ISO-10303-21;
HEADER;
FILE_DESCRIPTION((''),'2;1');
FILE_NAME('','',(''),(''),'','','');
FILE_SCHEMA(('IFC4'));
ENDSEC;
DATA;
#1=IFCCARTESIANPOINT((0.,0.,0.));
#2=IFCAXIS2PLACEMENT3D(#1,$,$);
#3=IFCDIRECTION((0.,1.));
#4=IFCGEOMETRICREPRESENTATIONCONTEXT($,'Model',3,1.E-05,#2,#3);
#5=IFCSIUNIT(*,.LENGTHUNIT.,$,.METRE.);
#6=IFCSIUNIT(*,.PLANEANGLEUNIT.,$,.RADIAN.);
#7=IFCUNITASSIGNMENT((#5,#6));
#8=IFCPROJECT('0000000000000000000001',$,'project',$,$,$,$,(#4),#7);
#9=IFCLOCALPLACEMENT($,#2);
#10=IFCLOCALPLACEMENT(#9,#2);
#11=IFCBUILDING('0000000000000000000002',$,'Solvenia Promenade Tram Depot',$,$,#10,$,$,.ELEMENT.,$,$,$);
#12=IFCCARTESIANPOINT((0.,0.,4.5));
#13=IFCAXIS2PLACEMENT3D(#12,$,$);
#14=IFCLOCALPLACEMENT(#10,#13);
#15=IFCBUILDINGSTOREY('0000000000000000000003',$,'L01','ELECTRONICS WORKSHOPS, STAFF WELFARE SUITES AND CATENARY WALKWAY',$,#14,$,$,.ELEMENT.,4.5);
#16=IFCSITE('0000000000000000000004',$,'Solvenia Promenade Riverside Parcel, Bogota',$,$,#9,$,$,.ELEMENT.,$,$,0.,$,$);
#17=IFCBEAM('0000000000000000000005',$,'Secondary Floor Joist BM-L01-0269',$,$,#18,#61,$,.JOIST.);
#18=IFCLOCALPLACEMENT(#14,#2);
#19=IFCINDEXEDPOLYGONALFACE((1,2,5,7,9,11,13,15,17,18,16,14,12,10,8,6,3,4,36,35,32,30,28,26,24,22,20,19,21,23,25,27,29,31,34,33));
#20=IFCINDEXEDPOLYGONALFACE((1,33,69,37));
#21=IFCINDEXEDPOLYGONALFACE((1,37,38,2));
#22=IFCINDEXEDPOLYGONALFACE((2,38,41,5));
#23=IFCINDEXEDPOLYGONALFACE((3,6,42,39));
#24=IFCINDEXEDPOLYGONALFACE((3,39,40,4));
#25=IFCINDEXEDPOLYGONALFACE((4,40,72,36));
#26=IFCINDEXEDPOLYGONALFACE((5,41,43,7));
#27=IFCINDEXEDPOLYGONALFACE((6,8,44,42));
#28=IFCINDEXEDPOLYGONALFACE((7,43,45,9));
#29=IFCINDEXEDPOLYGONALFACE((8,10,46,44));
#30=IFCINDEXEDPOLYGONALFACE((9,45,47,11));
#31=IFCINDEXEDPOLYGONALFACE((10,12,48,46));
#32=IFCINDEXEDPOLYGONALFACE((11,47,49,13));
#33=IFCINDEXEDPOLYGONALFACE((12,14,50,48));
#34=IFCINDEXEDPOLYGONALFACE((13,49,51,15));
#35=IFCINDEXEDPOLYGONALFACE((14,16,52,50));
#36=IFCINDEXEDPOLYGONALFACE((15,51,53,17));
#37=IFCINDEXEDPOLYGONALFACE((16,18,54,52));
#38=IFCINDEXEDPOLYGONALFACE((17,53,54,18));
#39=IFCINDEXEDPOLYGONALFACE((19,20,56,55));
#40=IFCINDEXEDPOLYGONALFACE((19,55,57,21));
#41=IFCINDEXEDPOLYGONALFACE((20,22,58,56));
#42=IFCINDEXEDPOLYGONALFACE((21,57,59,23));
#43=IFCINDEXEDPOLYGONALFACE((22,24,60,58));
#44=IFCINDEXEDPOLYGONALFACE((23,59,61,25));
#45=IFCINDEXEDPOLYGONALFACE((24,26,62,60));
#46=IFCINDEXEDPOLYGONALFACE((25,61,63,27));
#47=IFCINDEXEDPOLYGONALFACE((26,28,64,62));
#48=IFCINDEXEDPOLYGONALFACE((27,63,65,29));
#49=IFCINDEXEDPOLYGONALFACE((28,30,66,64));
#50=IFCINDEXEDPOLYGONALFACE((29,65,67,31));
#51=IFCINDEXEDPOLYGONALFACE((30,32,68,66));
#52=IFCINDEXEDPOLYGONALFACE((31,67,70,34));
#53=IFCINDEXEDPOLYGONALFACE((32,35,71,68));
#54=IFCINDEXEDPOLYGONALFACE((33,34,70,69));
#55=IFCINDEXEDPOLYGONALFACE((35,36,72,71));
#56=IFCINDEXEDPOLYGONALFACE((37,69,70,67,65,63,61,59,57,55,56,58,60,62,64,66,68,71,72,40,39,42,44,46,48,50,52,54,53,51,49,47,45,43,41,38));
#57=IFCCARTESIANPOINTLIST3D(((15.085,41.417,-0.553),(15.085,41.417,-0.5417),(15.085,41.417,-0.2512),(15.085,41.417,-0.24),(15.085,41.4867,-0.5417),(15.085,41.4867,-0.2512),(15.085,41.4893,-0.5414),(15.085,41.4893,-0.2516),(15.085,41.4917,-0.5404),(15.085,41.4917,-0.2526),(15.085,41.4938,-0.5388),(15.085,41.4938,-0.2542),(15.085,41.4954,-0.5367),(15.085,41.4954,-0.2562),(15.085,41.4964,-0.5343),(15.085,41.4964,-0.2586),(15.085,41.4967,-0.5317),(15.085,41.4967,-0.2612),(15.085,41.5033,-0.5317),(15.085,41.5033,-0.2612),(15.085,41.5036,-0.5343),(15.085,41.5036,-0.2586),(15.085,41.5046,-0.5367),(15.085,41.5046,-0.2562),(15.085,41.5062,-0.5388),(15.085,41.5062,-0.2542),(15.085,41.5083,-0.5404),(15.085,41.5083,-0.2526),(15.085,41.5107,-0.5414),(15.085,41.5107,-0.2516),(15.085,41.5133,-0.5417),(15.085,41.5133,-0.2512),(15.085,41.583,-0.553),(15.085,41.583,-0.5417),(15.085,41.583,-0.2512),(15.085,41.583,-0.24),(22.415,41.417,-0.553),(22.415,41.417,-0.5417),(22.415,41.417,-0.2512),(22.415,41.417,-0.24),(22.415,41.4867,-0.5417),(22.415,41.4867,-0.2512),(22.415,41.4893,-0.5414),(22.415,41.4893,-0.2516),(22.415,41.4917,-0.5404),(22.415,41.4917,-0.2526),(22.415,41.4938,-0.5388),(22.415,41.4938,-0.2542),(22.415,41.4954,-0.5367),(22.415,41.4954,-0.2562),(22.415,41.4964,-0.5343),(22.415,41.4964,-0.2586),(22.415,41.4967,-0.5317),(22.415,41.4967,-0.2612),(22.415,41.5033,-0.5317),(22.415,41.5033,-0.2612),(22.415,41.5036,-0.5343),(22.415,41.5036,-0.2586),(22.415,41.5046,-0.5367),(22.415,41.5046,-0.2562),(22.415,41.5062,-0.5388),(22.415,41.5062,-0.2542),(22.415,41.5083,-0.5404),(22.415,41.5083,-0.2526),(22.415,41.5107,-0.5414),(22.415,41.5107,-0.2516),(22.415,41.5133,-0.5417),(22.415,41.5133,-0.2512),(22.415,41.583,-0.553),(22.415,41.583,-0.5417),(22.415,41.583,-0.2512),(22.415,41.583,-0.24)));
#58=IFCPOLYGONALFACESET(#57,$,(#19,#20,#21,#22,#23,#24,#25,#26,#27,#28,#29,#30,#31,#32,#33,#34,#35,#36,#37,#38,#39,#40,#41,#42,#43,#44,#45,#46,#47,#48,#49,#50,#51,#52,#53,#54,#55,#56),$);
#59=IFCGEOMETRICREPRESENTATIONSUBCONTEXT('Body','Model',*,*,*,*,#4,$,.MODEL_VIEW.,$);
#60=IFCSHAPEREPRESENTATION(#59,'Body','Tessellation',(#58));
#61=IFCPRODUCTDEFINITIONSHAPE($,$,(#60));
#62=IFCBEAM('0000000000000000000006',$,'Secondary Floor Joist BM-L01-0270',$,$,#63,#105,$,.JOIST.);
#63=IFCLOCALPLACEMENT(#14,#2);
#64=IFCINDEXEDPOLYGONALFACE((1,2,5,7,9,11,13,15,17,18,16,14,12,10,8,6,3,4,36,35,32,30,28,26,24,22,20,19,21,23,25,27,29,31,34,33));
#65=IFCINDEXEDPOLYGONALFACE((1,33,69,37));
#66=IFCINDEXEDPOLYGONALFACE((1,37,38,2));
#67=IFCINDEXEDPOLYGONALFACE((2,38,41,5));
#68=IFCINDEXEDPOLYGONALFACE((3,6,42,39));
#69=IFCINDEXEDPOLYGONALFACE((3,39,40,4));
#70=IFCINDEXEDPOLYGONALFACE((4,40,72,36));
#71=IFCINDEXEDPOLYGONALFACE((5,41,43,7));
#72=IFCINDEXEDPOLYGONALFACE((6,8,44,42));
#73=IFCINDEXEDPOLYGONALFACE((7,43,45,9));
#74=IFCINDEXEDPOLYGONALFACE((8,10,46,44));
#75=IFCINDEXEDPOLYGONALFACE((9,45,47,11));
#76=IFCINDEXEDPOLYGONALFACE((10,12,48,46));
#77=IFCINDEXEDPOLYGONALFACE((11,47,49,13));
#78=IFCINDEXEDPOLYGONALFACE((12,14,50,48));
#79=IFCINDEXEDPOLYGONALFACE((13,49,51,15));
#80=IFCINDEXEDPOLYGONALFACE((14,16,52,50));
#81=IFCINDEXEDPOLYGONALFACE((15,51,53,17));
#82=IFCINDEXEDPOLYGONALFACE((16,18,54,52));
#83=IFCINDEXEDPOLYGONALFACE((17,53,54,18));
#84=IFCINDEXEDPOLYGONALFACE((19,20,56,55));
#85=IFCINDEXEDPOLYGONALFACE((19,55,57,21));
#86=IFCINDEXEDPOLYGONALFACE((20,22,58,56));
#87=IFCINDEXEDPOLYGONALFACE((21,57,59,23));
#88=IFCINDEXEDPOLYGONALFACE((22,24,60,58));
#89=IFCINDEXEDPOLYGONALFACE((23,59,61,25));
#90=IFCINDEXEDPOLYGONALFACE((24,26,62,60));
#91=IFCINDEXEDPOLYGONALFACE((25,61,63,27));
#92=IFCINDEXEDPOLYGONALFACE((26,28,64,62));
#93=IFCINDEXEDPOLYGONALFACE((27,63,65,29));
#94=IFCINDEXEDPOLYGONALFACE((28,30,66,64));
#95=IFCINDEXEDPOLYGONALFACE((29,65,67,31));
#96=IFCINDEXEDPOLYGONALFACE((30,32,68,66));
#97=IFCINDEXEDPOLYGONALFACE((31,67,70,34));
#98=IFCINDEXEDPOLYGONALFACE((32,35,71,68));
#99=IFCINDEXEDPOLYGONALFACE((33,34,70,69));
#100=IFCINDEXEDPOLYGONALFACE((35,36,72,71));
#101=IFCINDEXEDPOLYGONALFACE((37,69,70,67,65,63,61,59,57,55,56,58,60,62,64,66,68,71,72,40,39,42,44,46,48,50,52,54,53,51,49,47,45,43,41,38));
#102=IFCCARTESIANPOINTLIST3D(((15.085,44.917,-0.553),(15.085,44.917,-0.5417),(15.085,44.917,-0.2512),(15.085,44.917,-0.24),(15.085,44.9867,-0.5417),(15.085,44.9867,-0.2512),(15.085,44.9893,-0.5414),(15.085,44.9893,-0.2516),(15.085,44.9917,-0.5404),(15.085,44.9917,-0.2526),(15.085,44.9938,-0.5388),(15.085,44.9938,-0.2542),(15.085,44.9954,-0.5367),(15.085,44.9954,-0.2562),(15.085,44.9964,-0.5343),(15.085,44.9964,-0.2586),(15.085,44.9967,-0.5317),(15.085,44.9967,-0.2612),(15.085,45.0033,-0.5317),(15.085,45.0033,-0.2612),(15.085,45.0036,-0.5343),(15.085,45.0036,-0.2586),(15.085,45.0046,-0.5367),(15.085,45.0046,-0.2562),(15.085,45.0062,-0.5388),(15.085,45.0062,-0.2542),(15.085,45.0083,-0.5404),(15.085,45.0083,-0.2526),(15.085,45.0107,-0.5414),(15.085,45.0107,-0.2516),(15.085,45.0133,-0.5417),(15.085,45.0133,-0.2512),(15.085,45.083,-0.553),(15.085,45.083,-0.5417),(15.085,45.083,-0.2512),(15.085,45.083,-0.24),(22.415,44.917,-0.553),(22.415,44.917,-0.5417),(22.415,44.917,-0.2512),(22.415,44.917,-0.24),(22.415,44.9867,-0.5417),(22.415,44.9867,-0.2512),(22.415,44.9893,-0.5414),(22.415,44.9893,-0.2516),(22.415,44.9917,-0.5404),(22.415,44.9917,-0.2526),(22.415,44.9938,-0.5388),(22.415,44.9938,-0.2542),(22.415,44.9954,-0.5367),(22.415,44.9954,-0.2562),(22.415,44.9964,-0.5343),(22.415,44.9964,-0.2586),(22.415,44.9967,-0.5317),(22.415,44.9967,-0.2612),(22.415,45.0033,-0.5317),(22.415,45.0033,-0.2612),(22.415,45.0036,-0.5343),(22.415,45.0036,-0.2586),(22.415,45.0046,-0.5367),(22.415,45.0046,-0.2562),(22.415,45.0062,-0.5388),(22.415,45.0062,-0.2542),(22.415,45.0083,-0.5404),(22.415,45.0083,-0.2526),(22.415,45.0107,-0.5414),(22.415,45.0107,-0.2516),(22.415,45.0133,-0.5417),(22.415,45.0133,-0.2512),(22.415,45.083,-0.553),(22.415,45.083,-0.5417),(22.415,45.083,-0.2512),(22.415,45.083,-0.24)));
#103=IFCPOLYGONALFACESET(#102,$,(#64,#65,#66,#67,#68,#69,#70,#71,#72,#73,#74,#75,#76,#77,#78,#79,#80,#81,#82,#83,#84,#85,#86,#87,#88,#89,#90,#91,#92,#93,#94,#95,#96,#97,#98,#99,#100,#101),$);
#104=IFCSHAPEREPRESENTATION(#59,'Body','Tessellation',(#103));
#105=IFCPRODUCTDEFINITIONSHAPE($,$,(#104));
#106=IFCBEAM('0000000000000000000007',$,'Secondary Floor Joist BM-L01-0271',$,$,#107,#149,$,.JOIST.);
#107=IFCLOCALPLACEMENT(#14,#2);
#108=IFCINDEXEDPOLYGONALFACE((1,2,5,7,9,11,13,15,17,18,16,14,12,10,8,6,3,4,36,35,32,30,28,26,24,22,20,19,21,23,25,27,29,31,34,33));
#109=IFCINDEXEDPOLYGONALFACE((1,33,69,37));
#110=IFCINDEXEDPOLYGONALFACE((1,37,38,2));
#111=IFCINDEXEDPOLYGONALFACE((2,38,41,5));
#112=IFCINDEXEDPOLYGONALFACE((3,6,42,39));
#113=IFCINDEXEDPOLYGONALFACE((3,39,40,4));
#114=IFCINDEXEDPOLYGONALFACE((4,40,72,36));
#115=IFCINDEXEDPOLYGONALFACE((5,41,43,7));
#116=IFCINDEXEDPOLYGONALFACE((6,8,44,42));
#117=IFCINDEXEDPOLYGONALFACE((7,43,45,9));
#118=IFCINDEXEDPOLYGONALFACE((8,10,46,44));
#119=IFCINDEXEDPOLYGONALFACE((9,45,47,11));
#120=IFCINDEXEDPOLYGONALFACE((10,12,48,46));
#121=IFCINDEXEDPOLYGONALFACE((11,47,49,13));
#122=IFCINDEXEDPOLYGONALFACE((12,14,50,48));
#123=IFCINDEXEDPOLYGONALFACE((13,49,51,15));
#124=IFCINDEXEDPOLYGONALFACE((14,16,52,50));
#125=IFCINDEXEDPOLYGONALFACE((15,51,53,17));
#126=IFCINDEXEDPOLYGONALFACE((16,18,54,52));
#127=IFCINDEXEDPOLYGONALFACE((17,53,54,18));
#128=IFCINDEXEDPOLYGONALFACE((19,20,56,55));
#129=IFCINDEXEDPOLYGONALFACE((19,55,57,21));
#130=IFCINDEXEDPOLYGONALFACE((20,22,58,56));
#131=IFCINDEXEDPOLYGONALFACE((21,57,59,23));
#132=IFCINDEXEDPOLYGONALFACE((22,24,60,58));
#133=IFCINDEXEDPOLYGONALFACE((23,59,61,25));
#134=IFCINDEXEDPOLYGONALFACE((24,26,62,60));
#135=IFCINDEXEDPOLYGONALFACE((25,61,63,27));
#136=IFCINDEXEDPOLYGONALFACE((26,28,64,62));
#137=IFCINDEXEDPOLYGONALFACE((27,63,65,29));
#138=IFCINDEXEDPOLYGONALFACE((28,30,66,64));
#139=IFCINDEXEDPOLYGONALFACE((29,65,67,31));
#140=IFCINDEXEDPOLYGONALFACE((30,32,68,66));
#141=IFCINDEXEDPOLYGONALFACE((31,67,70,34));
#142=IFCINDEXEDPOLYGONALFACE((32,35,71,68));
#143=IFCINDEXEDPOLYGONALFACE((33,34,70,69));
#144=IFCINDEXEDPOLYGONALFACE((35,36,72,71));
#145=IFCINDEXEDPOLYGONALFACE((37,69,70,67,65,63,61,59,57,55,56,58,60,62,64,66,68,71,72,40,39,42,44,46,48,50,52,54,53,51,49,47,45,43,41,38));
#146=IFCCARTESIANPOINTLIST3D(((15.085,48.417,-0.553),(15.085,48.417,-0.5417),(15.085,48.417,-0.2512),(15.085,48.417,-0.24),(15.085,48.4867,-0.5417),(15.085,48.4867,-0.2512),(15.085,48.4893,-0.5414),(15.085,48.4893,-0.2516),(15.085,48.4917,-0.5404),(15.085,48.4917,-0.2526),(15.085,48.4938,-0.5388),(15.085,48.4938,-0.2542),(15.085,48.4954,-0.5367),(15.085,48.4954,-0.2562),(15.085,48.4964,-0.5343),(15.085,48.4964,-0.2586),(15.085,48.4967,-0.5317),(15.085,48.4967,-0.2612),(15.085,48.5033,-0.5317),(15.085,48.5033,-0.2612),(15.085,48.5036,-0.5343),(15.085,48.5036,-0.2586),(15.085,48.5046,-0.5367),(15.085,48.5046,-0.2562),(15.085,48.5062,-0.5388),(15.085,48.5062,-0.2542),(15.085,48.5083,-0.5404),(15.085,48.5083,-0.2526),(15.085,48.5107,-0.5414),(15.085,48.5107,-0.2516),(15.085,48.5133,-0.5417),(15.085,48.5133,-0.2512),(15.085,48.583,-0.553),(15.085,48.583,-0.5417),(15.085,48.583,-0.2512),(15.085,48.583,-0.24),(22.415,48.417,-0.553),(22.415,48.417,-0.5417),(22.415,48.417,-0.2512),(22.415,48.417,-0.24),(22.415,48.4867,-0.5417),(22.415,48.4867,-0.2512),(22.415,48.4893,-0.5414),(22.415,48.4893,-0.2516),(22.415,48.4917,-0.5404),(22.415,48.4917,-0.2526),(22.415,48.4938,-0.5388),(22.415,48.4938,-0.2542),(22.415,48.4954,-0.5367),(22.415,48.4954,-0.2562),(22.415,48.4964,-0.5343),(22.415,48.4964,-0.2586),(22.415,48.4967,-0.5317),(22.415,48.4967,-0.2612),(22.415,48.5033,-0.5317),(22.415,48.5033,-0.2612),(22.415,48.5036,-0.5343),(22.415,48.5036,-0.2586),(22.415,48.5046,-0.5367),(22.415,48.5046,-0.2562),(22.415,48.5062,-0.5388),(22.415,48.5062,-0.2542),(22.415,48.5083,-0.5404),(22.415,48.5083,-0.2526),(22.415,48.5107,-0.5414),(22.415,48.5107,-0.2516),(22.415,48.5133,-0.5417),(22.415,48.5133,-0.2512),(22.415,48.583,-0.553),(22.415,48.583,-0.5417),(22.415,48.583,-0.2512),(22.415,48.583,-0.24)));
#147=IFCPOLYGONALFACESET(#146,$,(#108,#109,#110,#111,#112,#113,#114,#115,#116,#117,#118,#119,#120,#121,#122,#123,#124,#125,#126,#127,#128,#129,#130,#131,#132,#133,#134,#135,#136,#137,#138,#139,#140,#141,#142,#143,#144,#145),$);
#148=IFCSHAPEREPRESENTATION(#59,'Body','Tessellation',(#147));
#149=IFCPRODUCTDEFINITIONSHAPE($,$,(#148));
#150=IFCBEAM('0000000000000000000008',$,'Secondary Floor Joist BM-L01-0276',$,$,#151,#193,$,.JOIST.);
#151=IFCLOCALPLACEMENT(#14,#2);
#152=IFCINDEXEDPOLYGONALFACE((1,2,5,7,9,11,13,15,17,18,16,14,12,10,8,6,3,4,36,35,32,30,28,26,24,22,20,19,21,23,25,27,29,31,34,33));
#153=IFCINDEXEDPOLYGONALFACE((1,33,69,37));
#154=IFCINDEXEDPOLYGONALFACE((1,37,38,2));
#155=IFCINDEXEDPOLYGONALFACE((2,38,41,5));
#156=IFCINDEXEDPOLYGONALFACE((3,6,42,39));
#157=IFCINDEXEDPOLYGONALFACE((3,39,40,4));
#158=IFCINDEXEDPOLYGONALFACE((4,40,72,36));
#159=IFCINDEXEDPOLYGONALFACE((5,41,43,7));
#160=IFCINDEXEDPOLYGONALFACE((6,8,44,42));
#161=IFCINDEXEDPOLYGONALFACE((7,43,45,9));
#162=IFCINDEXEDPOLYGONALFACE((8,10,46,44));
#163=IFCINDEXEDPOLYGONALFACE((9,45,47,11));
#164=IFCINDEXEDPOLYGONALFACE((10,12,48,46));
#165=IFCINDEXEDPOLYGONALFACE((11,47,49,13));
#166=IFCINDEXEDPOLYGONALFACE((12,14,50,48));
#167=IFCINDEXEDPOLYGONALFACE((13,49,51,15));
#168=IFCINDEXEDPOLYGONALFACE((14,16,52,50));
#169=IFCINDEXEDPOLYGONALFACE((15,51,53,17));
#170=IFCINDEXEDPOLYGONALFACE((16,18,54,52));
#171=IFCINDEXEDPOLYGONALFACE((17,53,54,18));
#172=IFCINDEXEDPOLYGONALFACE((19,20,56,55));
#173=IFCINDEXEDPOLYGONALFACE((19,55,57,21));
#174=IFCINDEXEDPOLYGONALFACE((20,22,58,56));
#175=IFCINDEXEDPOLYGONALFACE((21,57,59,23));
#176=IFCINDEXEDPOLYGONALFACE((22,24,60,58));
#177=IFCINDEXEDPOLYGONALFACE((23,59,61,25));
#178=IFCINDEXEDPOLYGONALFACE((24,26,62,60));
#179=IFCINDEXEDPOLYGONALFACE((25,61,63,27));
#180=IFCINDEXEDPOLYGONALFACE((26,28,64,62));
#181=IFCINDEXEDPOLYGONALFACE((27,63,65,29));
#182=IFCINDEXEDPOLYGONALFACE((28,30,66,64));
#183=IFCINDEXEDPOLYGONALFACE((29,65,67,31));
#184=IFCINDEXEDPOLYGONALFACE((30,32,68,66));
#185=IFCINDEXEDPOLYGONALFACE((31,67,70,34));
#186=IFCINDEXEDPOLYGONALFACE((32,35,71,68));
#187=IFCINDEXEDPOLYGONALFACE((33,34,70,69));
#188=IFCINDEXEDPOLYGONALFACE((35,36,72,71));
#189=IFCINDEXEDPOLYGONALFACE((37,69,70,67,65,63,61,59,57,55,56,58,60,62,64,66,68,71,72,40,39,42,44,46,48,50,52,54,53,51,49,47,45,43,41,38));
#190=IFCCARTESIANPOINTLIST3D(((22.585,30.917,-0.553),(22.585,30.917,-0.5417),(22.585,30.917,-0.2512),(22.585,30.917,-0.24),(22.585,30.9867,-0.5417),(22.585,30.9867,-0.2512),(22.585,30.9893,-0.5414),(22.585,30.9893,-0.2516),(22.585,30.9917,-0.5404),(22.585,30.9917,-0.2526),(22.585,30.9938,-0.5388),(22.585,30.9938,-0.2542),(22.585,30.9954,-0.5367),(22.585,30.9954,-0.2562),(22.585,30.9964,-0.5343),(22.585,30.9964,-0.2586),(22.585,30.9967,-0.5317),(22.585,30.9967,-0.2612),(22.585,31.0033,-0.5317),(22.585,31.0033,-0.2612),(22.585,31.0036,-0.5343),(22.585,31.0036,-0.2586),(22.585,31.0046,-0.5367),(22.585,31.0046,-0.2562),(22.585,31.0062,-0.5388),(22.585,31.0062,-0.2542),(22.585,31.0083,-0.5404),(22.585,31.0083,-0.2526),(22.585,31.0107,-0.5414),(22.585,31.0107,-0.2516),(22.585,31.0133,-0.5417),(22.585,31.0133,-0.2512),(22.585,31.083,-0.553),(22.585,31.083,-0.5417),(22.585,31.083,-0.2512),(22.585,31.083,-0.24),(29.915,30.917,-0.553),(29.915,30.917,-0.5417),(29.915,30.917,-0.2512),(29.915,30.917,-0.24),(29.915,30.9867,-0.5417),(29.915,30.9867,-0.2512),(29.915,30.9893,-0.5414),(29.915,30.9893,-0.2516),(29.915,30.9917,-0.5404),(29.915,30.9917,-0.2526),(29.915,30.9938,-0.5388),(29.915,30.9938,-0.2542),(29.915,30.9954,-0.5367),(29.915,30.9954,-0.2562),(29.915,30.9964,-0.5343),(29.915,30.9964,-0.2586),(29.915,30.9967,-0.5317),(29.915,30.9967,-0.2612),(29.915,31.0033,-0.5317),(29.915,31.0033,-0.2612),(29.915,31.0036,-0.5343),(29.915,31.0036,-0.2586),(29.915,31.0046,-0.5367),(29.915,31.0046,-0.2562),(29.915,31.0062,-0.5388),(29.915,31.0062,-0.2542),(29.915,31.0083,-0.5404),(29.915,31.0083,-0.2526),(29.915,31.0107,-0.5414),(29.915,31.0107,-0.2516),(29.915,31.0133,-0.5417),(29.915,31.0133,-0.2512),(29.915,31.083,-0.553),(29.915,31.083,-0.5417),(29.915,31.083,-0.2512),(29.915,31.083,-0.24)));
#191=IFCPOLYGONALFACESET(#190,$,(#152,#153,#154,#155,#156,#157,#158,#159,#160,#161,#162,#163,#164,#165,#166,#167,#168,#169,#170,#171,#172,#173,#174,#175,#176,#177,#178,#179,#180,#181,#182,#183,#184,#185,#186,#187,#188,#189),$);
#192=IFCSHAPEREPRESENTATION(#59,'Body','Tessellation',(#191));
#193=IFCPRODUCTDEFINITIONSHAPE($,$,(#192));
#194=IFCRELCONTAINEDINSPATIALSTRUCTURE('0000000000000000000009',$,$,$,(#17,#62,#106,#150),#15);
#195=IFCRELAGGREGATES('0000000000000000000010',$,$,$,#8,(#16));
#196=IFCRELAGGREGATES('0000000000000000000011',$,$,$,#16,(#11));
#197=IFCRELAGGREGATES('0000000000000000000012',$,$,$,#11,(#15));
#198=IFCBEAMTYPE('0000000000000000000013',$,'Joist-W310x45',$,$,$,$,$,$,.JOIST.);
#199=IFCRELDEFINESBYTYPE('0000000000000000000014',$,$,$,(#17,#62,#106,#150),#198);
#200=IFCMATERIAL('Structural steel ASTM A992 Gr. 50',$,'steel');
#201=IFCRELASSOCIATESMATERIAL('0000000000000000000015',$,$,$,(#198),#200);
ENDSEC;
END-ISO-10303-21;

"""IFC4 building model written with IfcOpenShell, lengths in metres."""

from ifc_helpers import new_model, si_unit, direction, frame, origin, origin_2d, place, context, subcontext, project, spatial, i_section, extrude, material, material_profile, profile_set, type_object, element, save


model = new_model("IFC4")

# Units and contexts
model_context = context("Model", 3, precision=1e-05, world=origin(), true_north=direction((0.0, 1.0)))
body_context = subcontext(model_context, "Body", "Model", "MODEL_VIEW")
ifc_project = project(units=[si_unit("LENGTHUNIT", "METRE"), si_unit("PLANEANGLEUNIT", "RADIAN")], contexts=[model_context])

# Site, building, storey
site_placement = place(None, origin())
site = spatial("IfcSite", under=ifc_project, at=site_placement, Name="Solvenia Promenade Riverside Parcel, Bogota", CompositionType="ELEMENT", RefElevation=0.0)
building_placement = place(site_placement, origin())
building = spatial("IfcBuilding", under=site, at=building_placement, Name="Solvenia Promenade Tram Depot", CompositionType="ELEMENT")
storey_placement = place(building_placement, frame((0.0, 0.0, 4.5)))
storey = spatial("IfcBuildingStorey", under=building, at=storey_placement, Name="L01", Description="ELECTRONICS WORKSHOPS, STAFF WELFARE SUITES AND CATENARY WALKWAY", CompositionType="ELEMENT", Elevation=4.5)

# Shared definitions
ifc_material_1 = material(Name="Structural steel ASTM A992 Gr. 50", Category="steel")

# Beams
ifc_material_profile_1 = material_profile(ifc_material_1, i_section(OverallWidth=0.166, OverallDepth=0.313, WebThickness=0.0066, FlangeThickness=0.0112, FilletRadius=0.01, at=origin_2d()), Name="W310x45", Category="steel")
ifc_profile_set_1 = profile_set([ifc_material_profile_1], Name="Structural steel ASTM A992 Gr. 50")
beam_type_1 = type_object("IfcBeamType", Name="Joist-W310x45", PredefinedType="JOIST", material=ifc_profile_set_1)
for number, where, z_axis, x_axis, name in (
    (1, (15.085, 41.5, -0.3965), (1.0, 0.0, 0.0), (0.0, 1.0, 0.0), "Secondary Floor Joist BM-L01-0269"),
    (2, (15.085, 45.0, -0.3965), (1.0, 0.0, 0.0), (0.0, 1.0, 0.0), "Secondary Floor Joist BM-L01-0270"),
    (3, (15.085, 48.5, -0.3965), (1.0, 0.0, 0.0), (0.0, 1.0, 0.0), "Secondary Floor Joist BM-L01-0271"),
    (4, (22.585, 31.0, -0.3965), (1.0, 0.0, 0.0), (0.0, 1.0, 0.0), "Secondary Floor Joist BM-L01-0276"),
):
    element("IfcBeam", number, at=place(storey_placement, frame(where, z_axis=z_axis, x_axis=x_axis)), inside=storey, type_object=beam_type_1, Name=name, PredefinedType="JOIST", context=body_context, shape_type="SweptSolid", body=[
        extrude(i_section(OverallWidth=0.166, OverallDepth=0.313, WebThickness=0.0066, FlangeThickness=0.0112, FilletRadius=0.01, at=origin_2d()), origin(), (0.0, 0.0, 1.0), 7.3301),
    ])

save(model, "model.ifc")
